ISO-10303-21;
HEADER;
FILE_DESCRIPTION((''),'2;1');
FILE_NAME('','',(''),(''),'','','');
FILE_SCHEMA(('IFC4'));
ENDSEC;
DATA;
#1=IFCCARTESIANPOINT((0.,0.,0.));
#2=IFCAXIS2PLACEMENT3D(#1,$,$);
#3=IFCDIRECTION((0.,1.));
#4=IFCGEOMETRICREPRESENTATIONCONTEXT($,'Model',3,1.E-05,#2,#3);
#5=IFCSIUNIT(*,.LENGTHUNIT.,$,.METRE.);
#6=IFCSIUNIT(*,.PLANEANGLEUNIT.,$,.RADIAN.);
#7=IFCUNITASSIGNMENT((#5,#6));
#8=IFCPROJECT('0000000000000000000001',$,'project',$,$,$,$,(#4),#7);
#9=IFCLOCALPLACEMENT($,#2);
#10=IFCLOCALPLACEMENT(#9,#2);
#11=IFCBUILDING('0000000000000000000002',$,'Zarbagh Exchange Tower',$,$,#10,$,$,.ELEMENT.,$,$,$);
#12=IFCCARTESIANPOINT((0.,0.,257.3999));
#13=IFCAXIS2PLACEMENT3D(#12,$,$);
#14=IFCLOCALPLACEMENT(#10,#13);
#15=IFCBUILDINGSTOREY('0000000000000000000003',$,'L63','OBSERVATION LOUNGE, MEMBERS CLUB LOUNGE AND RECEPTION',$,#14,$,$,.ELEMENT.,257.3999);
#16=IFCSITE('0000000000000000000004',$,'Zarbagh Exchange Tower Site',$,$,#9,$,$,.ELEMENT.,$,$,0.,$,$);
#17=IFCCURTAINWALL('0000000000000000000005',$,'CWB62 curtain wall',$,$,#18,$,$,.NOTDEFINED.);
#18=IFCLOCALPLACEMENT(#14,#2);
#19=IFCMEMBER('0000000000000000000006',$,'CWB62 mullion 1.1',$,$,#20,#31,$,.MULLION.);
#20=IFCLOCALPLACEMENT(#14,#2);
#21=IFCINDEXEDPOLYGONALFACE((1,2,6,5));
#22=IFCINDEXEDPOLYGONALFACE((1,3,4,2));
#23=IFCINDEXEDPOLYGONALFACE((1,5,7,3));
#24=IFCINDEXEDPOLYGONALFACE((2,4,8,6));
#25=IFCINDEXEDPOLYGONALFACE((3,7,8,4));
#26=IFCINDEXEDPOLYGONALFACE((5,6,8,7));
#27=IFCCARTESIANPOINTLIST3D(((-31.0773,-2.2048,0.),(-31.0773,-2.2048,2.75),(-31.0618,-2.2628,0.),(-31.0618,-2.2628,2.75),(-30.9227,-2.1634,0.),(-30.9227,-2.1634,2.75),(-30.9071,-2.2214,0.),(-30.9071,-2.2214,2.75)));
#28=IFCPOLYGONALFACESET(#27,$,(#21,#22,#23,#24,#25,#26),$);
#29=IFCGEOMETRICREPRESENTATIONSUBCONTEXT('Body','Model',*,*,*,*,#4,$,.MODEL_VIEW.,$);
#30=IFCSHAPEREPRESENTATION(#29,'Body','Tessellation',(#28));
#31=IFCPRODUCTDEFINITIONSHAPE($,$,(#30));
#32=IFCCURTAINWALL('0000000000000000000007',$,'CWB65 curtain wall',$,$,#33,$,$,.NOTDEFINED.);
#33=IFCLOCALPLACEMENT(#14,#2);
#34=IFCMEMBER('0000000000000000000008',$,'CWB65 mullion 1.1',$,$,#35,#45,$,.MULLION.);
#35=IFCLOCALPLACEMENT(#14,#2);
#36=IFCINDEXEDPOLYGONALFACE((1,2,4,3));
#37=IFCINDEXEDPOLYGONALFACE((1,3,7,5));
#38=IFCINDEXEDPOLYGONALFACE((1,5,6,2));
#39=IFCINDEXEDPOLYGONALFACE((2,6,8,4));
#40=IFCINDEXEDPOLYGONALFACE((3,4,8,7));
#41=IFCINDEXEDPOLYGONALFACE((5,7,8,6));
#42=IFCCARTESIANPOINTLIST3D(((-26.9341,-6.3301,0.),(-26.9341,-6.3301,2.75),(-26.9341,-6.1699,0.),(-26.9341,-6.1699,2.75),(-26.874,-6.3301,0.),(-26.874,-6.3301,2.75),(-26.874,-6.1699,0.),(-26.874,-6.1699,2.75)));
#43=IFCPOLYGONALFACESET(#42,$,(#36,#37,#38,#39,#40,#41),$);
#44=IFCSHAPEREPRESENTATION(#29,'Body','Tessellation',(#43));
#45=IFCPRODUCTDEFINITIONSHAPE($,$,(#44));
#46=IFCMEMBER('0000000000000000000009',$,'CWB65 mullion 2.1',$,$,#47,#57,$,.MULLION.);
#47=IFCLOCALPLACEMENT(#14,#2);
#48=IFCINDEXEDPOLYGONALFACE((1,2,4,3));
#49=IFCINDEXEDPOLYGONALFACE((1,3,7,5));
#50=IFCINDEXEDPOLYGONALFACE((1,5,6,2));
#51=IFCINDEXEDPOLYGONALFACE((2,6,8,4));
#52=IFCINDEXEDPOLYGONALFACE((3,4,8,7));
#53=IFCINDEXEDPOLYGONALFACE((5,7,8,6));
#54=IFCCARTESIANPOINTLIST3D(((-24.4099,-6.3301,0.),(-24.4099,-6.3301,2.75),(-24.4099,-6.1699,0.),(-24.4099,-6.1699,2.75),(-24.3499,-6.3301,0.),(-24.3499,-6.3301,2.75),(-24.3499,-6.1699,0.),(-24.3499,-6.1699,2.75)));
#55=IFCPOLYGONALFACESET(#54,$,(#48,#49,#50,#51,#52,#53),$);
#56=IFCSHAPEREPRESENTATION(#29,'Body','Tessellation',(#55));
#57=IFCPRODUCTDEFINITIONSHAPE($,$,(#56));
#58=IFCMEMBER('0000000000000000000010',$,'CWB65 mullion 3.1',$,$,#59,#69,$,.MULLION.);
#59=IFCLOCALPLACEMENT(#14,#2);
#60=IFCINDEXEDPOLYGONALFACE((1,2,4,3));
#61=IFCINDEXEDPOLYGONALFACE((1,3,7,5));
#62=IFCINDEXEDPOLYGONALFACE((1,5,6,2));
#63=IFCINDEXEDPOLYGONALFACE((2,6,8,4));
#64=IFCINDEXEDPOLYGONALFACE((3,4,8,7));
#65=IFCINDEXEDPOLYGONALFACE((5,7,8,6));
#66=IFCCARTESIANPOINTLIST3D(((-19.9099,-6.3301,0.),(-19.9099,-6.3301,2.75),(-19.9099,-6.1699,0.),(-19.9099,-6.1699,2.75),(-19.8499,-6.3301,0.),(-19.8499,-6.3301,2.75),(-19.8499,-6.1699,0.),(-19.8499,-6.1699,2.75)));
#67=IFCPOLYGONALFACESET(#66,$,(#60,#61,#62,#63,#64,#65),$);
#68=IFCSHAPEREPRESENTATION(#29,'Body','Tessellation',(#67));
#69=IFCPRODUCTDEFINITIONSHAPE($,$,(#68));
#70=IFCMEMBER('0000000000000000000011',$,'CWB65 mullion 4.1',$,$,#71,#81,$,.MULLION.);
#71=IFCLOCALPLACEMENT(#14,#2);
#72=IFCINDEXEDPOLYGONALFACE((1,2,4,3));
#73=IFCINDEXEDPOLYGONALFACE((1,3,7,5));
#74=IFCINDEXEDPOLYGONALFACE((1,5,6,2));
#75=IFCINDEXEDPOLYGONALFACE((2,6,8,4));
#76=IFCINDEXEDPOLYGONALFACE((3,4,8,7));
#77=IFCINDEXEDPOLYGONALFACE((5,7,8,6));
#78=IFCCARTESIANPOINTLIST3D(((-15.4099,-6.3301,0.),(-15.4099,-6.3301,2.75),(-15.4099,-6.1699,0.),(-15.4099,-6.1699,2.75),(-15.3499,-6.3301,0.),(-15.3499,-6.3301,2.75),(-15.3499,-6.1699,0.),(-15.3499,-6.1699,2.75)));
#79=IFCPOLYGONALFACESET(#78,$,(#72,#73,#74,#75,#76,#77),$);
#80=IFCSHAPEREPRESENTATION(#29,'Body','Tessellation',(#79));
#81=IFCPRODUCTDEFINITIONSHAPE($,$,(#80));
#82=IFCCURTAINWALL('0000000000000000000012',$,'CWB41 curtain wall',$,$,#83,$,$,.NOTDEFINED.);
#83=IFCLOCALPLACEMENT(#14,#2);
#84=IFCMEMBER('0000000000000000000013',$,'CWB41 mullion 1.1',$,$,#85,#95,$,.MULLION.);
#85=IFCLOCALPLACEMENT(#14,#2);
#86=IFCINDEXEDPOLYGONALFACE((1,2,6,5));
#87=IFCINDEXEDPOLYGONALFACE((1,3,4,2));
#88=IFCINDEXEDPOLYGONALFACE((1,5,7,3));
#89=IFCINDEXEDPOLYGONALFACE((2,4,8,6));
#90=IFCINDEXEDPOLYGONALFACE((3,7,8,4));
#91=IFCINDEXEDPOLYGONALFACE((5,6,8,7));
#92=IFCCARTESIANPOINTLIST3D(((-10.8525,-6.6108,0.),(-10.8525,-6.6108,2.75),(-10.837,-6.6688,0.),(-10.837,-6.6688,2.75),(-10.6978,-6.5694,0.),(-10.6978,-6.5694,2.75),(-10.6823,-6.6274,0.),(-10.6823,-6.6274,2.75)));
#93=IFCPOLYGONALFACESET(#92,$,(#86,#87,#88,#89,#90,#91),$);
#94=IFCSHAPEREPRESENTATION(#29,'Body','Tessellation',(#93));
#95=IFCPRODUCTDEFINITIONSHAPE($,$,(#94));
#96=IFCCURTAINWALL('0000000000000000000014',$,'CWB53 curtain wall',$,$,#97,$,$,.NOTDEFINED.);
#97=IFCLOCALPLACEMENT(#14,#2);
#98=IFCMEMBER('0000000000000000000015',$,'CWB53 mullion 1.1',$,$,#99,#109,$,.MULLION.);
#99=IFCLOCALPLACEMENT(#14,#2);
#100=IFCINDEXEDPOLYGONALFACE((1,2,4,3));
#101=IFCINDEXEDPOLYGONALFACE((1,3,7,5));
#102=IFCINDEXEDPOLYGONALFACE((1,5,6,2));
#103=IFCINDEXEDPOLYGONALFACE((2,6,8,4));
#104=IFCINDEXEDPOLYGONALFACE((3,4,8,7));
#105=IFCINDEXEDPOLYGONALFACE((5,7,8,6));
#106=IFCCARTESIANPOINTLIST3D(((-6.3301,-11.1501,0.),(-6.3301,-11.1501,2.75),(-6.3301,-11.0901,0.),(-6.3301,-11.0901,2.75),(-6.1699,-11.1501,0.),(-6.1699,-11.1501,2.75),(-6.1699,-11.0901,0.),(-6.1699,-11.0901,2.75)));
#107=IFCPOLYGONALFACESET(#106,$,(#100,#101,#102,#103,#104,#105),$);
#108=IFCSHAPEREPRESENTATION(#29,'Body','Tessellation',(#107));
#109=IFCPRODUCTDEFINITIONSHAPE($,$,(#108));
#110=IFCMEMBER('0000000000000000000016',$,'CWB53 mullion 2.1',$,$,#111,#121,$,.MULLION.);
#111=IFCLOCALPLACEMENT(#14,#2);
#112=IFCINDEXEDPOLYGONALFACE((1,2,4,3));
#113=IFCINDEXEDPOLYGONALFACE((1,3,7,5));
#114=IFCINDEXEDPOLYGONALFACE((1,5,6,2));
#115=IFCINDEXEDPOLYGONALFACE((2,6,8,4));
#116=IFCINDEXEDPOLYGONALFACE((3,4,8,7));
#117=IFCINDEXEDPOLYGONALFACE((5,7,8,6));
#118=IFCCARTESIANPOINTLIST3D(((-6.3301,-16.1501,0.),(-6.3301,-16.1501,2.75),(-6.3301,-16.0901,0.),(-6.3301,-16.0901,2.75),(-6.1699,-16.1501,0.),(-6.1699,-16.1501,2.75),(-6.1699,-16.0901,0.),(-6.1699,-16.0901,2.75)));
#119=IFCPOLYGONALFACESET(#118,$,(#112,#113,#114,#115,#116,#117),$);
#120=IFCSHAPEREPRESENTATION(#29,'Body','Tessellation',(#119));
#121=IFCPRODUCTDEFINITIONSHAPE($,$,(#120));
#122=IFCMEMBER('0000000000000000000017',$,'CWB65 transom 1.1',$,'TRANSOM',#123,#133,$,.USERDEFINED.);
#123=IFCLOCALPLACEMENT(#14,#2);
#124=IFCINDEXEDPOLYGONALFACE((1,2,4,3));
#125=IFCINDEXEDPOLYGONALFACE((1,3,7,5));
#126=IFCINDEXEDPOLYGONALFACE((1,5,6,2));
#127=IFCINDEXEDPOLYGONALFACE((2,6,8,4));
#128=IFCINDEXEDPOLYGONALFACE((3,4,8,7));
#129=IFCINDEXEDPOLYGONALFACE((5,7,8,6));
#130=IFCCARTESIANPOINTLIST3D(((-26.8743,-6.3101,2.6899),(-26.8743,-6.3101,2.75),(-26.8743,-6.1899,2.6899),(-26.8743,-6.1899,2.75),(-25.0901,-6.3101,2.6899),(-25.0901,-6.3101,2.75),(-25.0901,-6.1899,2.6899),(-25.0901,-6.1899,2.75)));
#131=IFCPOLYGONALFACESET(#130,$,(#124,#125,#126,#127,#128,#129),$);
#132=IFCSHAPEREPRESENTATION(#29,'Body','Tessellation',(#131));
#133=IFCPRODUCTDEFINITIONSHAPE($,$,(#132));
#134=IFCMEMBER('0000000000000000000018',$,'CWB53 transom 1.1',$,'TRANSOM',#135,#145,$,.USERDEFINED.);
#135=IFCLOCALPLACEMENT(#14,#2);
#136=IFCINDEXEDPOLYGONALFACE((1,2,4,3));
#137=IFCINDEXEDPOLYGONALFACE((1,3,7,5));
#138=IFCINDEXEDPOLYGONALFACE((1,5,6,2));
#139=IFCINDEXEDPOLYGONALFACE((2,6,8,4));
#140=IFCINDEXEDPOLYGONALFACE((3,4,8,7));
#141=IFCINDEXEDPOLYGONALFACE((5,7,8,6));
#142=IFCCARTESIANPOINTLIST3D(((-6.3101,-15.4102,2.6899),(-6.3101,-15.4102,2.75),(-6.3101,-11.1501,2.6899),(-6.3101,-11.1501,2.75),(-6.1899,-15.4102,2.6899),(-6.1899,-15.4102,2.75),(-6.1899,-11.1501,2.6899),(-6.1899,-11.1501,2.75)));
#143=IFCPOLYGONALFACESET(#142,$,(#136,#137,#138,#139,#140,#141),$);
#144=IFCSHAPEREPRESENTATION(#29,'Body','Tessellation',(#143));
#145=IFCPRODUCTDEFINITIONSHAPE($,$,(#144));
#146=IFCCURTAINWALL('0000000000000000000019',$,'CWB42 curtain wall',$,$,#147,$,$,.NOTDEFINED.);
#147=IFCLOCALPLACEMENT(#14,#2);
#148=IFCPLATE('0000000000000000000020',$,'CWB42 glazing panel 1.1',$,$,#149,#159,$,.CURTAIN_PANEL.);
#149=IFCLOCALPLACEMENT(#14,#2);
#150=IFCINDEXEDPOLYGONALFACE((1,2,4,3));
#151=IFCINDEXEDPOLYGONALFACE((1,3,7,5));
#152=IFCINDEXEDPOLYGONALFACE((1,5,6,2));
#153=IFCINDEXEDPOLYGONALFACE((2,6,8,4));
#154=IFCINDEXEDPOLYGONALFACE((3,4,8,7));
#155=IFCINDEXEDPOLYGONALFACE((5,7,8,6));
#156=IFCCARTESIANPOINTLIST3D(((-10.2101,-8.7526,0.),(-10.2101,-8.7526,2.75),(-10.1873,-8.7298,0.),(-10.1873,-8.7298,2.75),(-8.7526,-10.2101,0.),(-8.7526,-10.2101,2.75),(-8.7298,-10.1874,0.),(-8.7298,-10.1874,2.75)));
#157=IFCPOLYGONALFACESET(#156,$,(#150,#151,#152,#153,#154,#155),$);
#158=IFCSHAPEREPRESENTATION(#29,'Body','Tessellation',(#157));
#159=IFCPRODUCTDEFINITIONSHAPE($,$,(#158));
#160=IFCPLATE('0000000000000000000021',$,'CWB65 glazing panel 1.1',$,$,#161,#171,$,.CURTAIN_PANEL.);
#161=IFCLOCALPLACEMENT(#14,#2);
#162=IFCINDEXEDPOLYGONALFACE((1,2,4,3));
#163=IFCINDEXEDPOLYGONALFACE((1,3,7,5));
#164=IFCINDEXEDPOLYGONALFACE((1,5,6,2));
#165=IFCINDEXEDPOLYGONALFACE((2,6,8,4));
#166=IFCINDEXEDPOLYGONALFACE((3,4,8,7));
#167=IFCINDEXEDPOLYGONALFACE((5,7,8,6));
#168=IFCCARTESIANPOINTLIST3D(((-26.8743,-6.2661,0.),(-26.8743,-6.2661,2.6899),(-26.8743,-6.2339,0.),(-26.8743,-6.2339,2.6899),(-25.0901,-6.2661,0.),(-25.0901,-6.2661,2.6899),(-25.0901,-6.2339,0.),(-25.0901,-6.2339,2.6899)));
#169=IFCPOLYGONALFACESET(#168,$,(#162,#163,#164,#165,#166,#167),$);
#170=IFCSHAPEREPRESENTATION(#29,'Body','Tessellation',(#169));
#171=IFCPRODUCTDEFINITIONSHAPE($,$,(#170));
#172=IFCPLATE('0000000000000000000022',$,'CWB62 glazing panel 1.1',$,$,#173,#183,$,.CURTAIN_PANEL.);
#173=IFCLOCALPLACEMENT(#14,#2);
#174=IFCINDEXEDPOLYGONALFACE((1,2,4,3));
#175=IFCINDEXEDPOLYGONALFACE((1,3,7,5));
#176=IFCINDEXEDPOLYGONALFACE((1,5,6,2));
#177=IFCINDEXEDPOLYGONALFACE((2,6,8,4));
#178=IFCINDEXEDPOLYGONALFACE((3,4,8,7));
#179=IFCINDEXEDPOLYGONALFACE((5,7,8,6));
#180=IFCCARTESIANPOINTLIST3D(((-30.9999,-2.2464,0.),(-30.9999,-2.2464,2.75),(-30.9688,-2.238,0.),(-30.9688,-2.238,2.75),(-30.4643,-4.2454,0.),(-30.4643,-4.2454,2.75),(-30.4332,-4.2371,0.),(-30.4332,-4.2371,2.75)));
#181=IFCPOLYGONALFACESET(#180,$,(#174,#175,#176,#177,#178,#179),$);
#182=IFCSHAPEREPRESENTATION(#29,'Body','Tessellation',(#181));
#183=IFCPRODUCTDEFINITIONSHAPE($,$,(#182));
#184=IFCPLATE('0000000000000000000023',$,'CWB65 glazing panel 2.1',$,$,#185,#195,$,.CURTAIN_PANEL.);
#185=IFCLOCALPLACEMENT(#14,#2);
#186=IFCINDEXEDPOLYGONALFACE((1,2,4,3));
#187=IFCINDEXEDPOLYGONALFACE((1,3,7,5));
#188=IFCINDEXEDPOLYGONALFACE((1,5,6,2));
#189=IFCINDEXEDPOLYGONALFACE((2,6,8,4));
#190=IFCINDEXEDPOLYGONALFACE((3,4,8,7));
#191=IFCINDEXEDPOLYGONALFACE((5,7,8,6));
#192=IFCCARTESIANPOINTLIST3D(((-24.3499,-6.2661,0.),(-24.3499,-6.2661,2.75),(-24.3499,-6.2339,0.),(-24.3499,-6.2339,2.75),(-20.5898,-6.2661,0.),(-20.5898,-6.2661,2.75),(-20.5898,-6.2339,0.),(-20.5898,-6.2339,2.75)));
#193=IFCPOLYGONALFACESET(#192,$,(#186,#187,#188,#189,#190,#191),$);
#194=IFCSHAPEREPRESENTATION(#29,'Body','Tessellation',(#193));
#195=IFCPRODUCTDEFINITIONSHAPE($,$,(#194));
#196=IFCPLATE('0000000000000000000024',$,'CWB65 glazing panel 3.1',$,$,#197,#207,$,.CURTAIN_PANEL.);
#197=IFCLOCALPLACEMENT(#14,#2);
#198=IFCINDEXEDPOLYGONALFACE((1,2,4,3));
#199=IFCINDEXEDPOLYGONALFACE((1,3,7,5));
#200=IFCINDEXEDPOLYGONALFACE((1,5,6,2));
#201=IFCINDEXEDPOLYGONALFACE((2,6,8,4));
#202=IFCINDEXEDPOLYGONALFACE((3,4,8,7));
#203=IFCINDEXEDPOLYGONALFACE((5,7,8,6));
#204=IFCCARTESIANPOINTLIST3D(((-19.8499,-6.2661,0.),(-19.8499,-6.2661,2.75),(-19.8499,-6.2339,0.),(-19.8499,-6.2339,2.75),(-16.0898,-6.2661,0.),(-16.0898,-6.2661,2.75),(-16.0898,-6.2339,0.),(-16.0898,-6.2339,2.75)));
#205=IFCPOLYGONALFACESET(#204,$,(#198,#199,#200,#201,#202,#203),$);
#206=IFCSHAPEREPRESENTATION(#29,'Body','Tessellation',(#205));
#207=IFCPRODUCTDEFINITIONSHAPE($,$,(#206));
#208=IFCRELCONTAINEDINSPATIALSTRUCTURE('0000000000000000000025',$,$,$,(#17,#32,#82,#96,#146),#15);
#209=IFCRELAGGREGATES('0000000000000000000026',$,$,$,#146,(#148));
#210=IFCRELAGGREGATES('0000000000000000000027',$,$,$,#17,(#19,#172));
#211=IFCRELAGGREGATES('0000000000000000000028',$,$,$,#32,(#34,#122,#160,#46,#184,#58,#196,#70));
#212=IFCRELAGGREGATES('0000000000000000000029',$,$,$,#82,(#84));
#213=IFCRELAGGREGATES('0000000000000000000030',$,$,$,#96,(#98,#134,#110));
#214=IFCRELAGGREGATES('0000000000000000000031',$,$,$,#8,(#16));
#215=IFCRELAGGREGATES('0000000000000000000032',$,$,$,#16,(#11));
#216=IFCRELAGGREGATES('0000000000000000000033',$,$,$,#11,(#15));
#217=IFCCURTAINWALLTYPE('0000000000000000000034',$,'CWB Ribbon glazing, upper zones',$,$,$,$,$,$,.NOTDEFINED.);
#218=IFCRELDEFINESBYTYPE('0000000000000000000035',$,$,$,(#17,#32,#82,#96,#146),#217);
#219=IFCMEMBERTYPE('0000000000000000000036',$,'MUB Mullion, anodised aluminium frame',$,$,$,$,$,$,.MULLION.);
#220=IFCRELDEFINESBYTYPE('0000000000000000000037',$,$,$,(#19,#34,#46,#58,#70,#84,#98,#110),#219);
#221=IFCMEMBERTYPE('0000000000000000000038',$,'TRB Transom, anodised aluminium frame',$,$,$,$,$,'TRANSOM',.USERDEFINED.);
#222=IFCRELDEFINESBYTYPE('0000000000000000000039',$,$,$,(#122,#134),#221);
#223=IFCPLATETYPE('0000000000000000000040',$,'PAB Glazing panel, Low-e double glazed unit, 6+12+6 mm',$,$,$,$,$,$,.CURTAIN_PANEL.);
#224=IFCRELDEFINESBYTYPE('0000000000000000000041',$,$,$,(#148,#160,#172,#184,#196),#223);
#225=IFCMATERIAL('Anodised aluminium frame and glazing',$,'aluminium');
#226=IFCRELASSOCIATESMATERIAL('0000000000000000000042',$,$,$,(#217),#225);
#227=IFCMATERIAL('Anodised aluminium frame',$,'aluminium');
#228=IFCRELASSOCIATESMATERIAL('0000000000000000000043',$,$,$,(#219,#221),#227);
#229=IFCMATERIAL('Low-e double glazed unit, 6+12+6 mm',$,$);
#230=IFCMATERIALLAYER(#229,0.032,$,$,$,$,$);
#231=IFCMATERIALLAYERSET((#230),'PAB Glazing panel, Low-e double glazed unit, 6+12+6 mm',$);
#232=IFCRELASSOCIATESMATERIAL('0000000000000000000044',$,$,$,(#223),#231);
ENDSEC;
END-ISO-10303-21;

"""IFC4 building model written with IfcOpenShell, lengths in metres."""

from ifc_helpers import new_model, si_unit, direction, frame, origin, place, context, subcontext, project, spatial, polyline, outline, extrude, source, transform, mapped, material, layer, layer_set, type_object, element, aggregate, save


model = new_model("IFC4")

# Units and contexts
model_context = context("Model", 3, precision=1e-05, world=origin(), true_north=direction((0.0, 1.0)))
body_context = subcontext(model_context, "Body", "Model", "MODEL_VIEW")
ifc_project = project(units=[si_unit("LENGTHUNIT", "METRE"), si_unit("PLANEANGLEUNIT", "RADIAN")], contexts=[model_context])

# Site, building, storey
site_placement = place(None, origin())
site = spatial("IfcSite", under=ifc_project, at=site_placement, Name="Zarbagh Exchange Tower Site", CompositionType="ELEMENT", RefElevation=0.0)
building_placement = place(site_placement, origin())
building = spatial("IfcBuilding", under=site, at=building_placement, Name="Zarbagh Exchange Tower", CompositionType="ELEMENT")
storey_placement = place(building_placement, frame((0.0, 0.0, 257.3999)))
storey = spatial("IfcBuildingStorey", under=building, at=storey_placement, Name="L63", Description="OBSERVATION LOUNGE, MEMBERS CLUB LOUNGE AND RECEPTION", CompositionType="ELEMENT", Elevation=257.3999)

# Curtain wall, member
ifc_material_1 = material(Name="Anodised aluminium frame and glazing", Category="aluminium")
curtain_wall_type = type_object("IfcCurtainWallType", Name="CWB Ribbon glazing, upper zones", PredefinedType="NOTDEFINED", material=ifc_material_1)
curtain_wall_1_placement = place(storey_placement, origin())
curtain_wall_1 = element("IfcCurtainWall", 1, at=curtain_wall_1_placement, inside=storey, type_object=curtain_wall_type, Name="CWB62 curtain wall", PredefinedType="NOTDEFINED")
ifc_material_2 = material(Name="Anodised aluminium frame", Category="aluminium")
member_type_1 = type_object("IfcMemberType", Name="MUB Mullion, anodised aluminium frame", PredefinedType="MULLION", material=ifc_material_2)
shared_shape_1 = source(origin(), body_context, "Body", "SweptSolid", [
    extrude(outline(polyline([(0.0, -0.0801), (0.0601, -0.0801), (0.0601, 0.0801), (0.0, 0.0801), (0.0, -0.0801)])), origin(), (0.0, 0.0, 1.0), 2.75),
])
placement = place(storey_placement, origin())
member_1 = element("IfcMember", 2, at=placement, type_object=member_type_1, Name="CWB62 mullion 1.1", PredefinedType="MULLION", context=body_context, shape_type="MappedRepresentation", body=[
    mapped(shared_shape_1, transform((-31.0, -2.1841, 0.0), x_axis=(0.258825, -0.965924, 0.0), y_axis=(0.965924, 0.258825, 0.0), z_axis=(0.0, 0.0, 1.0))),
])

# Curtain wall, members
curtain_wall_2_placement = place(storey_placement, origin())
curtain_wall_2 = element("IfcCurtainWall", 3, at=curtain_wall_2_placement, inside=storey, type_object=curtain_wall_type, Name="CWB65 curtain wall", PredefinedType="NOTDEFINED")
member_2 = element("IfcMember", 4, at=placement, type_object=member_type_1, Name="CWB65 mullion 1.1", PredefinedType="MULLION", context=body_context, shape_type="MappedRepresentation", body=[
    mapped(shared_shape_1, transform((-26.9341, -6.25, 0.0), x_axis=(1.0, 0.0, 0.0), y_axis=(0.0, 1.0, 0.0), z_axis=(0.0, 0.0, 1.0))),
])
member_3 = element("IfcMember", 5, at=placement, type_object=member_type_1, Name="CWB65 mullion 2.1", PredefinedType="MULLION", context=body_context, shape_type="MappedRepresentation", body=[
    mapped(shared_shape_1, transform((-24.4099, -6.25, 0.0), x_axis=(1.0, 0.0, 0.0), y_axis=(0.0, 1.0, 0.0), z_axis=(0.0, 0.0, 1.0))),
])
member_4 = element("IfcMember", 6, at=placement, type_object=member_type_1, Name="CWB65 mullion 3.1", PredefinedType="MULLION", context=body_context, shape_type="MappedRepresentation", body=[
    mapped(shared_shape_1, transform((-19.9099, -6.25, 0.0), x_axis=(1.0, 0.0, 0.0), y_axis=(0.0, 1.0, 0.0), z_axis=(0.0, 0.0, 1.0))),
])
member_5 = element("IfcMember", 7, at=placement, type_object=member_type_1, Name="CWB65 mullion 4.1", PredefinedType="MULLION", context=body_context, shape_type="MappedRepresentation", body=[
    mapped(shared_shape_1, transform((-15.4099, -6.25, 0.0), x_axis=(1.0, 0.0, 0.0), y_axis=(0.0, 1.0, 0.0), z_axis=(0.0, 0.0, 1.0))),
])

# Curtain wall, member
curtain_wall_3_placement = place(storey_placement, origin())
curtain_wall_3 = element("IfcCurtainWall", 8, at=curtain_wall_3_placement, inside=storey, type_object=curtain_wall_type, Name="CWB41 curtain wall", PredefinedType="NOTDEFINED")
member_6 = element("IfcMember", 9, at=placement, type_object=member_type_1, Name="CWB41 mullion 1.1", PredefinedType="MULLION", context=body_context, shape_type="MappedRepresentation", body=[
    mapped(shared_shape_1, transform((-10.7751, -6.5901, 0.0), x_axis=(0.258825, -0.965924, 0.0), y_axis=(0.965924, 0.258825, 0.0), z_axis=(0.0, 0.0, 1.0))),
])

# Curtain wall, members
curtain_wall_4_placement = place(storey_placement, origin())
curtain_wall_4 = element("IfcCurtainWall", 10, at=curtain_wall_4_placement, inside=storey, type_object=curtain_wall_type, Name="CWB53 curtain wall", PredefinedType="NOTDEFINED")
member_7 = element("IfcMember", 11, at=placement, type_object=member_type_1, Name="CWB53 mullion 1.1", PredefinedType="MULLION", context=body_context, shape_type="MappedRepresentation", body=[
    mapped(shared_shape_1, transform((-6.25, -11.0901, 0.0), x_axis=(0.0, -1.0, 0.0), y_axis=(1.0, 0.0, 0.0), z_axis=(0.0, 0.0, 1.0))),
])
member_8 = element("IfcMember", 12, at=placement, type_object=member_type_1, Name="CWB53 mullion 2.1", PredefinedType="MULLION", context=body_context, shape_type="MappedRepresentation", body=[
    mapped(shared_shape_1, transform((-6.25, -16.0901, 0.0), x_axis=(0.0, -1.0, 0.0), y_axis=(1.0, 0.0, 0.0), z_axis=(0.0, 0.0, 1.0))),
])

# Members
member_type_2 = type_object("IfcMemberType", Name="TRB Transom, anodised aluminium frame", ElementType="TRANSOM", PredefinedType="USERDEFINED", material=ifc_material_2)
shared_shape_2 = source(origin(), body_context, "Body", "SweptSolid", [
    extrude(outline(polyline([(-0.0601, -0.0601), (0.0, -0.0601), (0.0, 0.0601), (-0.0601, 0.0601), (-0.0601, -0.0601)])), origin(), (0.0, 0.0, 1.0), 1.7842),
])
member_9 = element("IfcMember", 13, at=placement, type_object=member_type_2, Name="CWB65 transom 1.1", ObjectType="TRANSOM", PredefinedType="USERDEFINED", context=body_context, shape_type="MappedRepresentation", body=[
    mapped(shared_shape_2, transform((-26.8743, -6.25, 2.75), x_axis=(0.0, 0.0, 1.0), y_axis=(0.0, -1.0, 0.0), z_axis=(1.0, 0.0, 0.0))),
])
shared_shape_3 = source(origin(), body_context, "Body", "SweptSolid", [
    extrude(outline(polyline([(-0.0601, -0.0601), (0.0, -0.0601), (0.0, 0.0601), (-0.0601, 0.0601), (-0.0601, -0.0601)])), origin(), (0.0, 0.0, 1.0), 4.26),
])
member_10 = element("IfcMember", 14, at=placement, type_object=member_type_2, Name="CWB53 transom 1.1", ObjectType="TRANSOM", PredefinedType="USERDEFINED", context=body_context, shape_type="MappedRepresentation", body=[
    mapped(shared_shape_3, transform((-6.25, -11.1501, 2.75), x_axis=(0.0, 0.0, 1.0), y_axis=(-1.0, 0.0, 0.0), z_axis=(0.0, -1.0, 0.0))),
])

# Curtain wall, plate
curtain_wall_5_placement = place(storey_placement, origin())
curtain_wall_5 = element("IfcCurtainWall", 15, at=curtain_wall_5_placement, inside=storey, type_object=curtain_wall_type, Name="CWB42 curtain wall", PredefinedType="NOTDEFINED")
ifc_material_3 = material(Name="Low-e double glazed unit, 6+12+6 mm")
ifc_layer = layer(ifc_material_3, 0.032)
ifc_layer_set = layer_set([ifc_layer], Name="PAB Glazing panel, Low-e double glazed unit, 6+12+6 mm")
plate_type = type_object("IfcPlateType", Name="PAB Glazing panel, Low-e double glazed unit, 6+12+6 mm", PredefinedType="CURTAIN_PANEL", material=ifc_layer_set)
shared_shape_4 = source(origin(), body_context, "Body", "SweptSolid", [
    extrude(outline(polyline([(0.0, -0.0161), (2.0613, -0.0161), (2.0613, 0.0161), (0.0, 0.0161), (0.0, -0.0161)])), origin(), (0.0, 0.0, 1.0), 2.75),
])
plate_1 = element("IfcPlate", 16, at=placement, type_object=plate_type, Name="CWB42 glazing panel 1.1", PredefinedType="CURTAIN_PANEL", context=body_context, shape_type="MappedRepresentation", body=[
    mapped(shared_shape_4, transform((-10.1987, -8.7412, 0.0), x_axis=(0.707107, -0.707107, 0.0), y_axis=(0.707107, 0.707107, 0.0), z_axis=(0.0, 0.0, 1.0))),
])
aggregate(curtain_wall_5, [plate_1])

# Plates
shared_shape_5 = source(origin(), body_context, "Body", "SweptSolid", [
    extrude(outline(polyline([(0.0, -0.0161), (1.7842, -0.0161), (1.7842, 0.0161), (0.0, 0.0161), (0.0, -0.0161)])), origin(), (0.0, 0.0, 1.0), 2.6899),
])
plate_2 = element("IfcPlate", 17, at=placement, type_object=plate_type, Name="CWB65 glazing panel 1.1", PredefinedType="CURTAIN_PANEL", context=body_context, shape_type="MappedRepresentation", body=[
    mapped(shared_shape_5, transform((-26.8743, -6.25, 0.0), x_axis=(1.0, 0.0, 0.0), y_axis=(0.0, 1.0, 0.0), z_axis=(0.0, 0.0, 1.0))),
])
shared_shape_6 = source(origin(), body_context, "Body", "SweptSolid", [
    extrude(outline(polyline([(0.0, -0.0161), (2.0696, -0.0161), (2.0696, 0.0161), (0.0, 0.0161), (0.0, -0.0161)])), origin(), (0.0, 0.0, 1.0), 2.75),
])
plate_3 = element("IfcPlate", 18, at=placement, type_object=plate_type, Name="CWB62 glazing panel 1.1", PredefinedType="CURTAIN_PANEL", context=body_context, shape_type="MappedRepresentation", body=[
    mapped(shared_shape_6, transform((-30.9844, -2.2422, 0.0), x_axis=(0.258825, -0.965924, 0.0), y_axis=(0.965924, 0.258825, 0.0), z_axis=(0.0, 0.0, 1.0))),
])
aggregate(curtain_wall_1, [member_1, plate_3])
shared_shape_7 = source(origin(), body_context, "Body", "SweptSolid", [
    extrude(outline(polyline([(0.0, -0.0161), (3.76, -0.0161), (3.76, 0.0161), (0.0, 0.0161), (0.0, -0.0161)])), origin(), (0.0, 0.0, 1.0), 2.75),
])
plate_4 = element("IfcPlate", 19, at=placement, type_object=plate_type, Name="CWB65 glazing panel 2.1", PredefinedType="CURTAIN_PANEL", context=body_context, shape_type="MappedRepresentation", body=[
    mapped(shared_shape_7, transform((-24.3499, -6.25, 0.0), x_axis=(1.0, 0.0, 0.0), y_axis=(0.0, 1.0, 0.0), z_axis=(0.0, 0.0, 1.0))),
])
plate_5 = element("IfcPlate", 20, at=placement, type_object=plate_type, Name="CWB65 glazing panel 3.1", PredefinedType="CURTAIN_PANEL", context=body_context, shape_type="MappedRepresentation", body=[
    mapped(shared_shape_7, transform((-19.8499, -6.25, 0.0), x_axis=(1.0, 0.0, 0.0), y_axis=(0.0, 1.0, 0.0), z_axis=(0.0, 0.0, 1.0))),
])
aggregate(curtain_wall_2, [member_2, member_9, plate_2, member_3, plate_4, member_4, plate_5, member_5])
aggregate(curtain_wall_3, [member_6])

aggregate(curtain_wall_4, [member_7, member_10, member_8])

save(model, "model.ifc")
